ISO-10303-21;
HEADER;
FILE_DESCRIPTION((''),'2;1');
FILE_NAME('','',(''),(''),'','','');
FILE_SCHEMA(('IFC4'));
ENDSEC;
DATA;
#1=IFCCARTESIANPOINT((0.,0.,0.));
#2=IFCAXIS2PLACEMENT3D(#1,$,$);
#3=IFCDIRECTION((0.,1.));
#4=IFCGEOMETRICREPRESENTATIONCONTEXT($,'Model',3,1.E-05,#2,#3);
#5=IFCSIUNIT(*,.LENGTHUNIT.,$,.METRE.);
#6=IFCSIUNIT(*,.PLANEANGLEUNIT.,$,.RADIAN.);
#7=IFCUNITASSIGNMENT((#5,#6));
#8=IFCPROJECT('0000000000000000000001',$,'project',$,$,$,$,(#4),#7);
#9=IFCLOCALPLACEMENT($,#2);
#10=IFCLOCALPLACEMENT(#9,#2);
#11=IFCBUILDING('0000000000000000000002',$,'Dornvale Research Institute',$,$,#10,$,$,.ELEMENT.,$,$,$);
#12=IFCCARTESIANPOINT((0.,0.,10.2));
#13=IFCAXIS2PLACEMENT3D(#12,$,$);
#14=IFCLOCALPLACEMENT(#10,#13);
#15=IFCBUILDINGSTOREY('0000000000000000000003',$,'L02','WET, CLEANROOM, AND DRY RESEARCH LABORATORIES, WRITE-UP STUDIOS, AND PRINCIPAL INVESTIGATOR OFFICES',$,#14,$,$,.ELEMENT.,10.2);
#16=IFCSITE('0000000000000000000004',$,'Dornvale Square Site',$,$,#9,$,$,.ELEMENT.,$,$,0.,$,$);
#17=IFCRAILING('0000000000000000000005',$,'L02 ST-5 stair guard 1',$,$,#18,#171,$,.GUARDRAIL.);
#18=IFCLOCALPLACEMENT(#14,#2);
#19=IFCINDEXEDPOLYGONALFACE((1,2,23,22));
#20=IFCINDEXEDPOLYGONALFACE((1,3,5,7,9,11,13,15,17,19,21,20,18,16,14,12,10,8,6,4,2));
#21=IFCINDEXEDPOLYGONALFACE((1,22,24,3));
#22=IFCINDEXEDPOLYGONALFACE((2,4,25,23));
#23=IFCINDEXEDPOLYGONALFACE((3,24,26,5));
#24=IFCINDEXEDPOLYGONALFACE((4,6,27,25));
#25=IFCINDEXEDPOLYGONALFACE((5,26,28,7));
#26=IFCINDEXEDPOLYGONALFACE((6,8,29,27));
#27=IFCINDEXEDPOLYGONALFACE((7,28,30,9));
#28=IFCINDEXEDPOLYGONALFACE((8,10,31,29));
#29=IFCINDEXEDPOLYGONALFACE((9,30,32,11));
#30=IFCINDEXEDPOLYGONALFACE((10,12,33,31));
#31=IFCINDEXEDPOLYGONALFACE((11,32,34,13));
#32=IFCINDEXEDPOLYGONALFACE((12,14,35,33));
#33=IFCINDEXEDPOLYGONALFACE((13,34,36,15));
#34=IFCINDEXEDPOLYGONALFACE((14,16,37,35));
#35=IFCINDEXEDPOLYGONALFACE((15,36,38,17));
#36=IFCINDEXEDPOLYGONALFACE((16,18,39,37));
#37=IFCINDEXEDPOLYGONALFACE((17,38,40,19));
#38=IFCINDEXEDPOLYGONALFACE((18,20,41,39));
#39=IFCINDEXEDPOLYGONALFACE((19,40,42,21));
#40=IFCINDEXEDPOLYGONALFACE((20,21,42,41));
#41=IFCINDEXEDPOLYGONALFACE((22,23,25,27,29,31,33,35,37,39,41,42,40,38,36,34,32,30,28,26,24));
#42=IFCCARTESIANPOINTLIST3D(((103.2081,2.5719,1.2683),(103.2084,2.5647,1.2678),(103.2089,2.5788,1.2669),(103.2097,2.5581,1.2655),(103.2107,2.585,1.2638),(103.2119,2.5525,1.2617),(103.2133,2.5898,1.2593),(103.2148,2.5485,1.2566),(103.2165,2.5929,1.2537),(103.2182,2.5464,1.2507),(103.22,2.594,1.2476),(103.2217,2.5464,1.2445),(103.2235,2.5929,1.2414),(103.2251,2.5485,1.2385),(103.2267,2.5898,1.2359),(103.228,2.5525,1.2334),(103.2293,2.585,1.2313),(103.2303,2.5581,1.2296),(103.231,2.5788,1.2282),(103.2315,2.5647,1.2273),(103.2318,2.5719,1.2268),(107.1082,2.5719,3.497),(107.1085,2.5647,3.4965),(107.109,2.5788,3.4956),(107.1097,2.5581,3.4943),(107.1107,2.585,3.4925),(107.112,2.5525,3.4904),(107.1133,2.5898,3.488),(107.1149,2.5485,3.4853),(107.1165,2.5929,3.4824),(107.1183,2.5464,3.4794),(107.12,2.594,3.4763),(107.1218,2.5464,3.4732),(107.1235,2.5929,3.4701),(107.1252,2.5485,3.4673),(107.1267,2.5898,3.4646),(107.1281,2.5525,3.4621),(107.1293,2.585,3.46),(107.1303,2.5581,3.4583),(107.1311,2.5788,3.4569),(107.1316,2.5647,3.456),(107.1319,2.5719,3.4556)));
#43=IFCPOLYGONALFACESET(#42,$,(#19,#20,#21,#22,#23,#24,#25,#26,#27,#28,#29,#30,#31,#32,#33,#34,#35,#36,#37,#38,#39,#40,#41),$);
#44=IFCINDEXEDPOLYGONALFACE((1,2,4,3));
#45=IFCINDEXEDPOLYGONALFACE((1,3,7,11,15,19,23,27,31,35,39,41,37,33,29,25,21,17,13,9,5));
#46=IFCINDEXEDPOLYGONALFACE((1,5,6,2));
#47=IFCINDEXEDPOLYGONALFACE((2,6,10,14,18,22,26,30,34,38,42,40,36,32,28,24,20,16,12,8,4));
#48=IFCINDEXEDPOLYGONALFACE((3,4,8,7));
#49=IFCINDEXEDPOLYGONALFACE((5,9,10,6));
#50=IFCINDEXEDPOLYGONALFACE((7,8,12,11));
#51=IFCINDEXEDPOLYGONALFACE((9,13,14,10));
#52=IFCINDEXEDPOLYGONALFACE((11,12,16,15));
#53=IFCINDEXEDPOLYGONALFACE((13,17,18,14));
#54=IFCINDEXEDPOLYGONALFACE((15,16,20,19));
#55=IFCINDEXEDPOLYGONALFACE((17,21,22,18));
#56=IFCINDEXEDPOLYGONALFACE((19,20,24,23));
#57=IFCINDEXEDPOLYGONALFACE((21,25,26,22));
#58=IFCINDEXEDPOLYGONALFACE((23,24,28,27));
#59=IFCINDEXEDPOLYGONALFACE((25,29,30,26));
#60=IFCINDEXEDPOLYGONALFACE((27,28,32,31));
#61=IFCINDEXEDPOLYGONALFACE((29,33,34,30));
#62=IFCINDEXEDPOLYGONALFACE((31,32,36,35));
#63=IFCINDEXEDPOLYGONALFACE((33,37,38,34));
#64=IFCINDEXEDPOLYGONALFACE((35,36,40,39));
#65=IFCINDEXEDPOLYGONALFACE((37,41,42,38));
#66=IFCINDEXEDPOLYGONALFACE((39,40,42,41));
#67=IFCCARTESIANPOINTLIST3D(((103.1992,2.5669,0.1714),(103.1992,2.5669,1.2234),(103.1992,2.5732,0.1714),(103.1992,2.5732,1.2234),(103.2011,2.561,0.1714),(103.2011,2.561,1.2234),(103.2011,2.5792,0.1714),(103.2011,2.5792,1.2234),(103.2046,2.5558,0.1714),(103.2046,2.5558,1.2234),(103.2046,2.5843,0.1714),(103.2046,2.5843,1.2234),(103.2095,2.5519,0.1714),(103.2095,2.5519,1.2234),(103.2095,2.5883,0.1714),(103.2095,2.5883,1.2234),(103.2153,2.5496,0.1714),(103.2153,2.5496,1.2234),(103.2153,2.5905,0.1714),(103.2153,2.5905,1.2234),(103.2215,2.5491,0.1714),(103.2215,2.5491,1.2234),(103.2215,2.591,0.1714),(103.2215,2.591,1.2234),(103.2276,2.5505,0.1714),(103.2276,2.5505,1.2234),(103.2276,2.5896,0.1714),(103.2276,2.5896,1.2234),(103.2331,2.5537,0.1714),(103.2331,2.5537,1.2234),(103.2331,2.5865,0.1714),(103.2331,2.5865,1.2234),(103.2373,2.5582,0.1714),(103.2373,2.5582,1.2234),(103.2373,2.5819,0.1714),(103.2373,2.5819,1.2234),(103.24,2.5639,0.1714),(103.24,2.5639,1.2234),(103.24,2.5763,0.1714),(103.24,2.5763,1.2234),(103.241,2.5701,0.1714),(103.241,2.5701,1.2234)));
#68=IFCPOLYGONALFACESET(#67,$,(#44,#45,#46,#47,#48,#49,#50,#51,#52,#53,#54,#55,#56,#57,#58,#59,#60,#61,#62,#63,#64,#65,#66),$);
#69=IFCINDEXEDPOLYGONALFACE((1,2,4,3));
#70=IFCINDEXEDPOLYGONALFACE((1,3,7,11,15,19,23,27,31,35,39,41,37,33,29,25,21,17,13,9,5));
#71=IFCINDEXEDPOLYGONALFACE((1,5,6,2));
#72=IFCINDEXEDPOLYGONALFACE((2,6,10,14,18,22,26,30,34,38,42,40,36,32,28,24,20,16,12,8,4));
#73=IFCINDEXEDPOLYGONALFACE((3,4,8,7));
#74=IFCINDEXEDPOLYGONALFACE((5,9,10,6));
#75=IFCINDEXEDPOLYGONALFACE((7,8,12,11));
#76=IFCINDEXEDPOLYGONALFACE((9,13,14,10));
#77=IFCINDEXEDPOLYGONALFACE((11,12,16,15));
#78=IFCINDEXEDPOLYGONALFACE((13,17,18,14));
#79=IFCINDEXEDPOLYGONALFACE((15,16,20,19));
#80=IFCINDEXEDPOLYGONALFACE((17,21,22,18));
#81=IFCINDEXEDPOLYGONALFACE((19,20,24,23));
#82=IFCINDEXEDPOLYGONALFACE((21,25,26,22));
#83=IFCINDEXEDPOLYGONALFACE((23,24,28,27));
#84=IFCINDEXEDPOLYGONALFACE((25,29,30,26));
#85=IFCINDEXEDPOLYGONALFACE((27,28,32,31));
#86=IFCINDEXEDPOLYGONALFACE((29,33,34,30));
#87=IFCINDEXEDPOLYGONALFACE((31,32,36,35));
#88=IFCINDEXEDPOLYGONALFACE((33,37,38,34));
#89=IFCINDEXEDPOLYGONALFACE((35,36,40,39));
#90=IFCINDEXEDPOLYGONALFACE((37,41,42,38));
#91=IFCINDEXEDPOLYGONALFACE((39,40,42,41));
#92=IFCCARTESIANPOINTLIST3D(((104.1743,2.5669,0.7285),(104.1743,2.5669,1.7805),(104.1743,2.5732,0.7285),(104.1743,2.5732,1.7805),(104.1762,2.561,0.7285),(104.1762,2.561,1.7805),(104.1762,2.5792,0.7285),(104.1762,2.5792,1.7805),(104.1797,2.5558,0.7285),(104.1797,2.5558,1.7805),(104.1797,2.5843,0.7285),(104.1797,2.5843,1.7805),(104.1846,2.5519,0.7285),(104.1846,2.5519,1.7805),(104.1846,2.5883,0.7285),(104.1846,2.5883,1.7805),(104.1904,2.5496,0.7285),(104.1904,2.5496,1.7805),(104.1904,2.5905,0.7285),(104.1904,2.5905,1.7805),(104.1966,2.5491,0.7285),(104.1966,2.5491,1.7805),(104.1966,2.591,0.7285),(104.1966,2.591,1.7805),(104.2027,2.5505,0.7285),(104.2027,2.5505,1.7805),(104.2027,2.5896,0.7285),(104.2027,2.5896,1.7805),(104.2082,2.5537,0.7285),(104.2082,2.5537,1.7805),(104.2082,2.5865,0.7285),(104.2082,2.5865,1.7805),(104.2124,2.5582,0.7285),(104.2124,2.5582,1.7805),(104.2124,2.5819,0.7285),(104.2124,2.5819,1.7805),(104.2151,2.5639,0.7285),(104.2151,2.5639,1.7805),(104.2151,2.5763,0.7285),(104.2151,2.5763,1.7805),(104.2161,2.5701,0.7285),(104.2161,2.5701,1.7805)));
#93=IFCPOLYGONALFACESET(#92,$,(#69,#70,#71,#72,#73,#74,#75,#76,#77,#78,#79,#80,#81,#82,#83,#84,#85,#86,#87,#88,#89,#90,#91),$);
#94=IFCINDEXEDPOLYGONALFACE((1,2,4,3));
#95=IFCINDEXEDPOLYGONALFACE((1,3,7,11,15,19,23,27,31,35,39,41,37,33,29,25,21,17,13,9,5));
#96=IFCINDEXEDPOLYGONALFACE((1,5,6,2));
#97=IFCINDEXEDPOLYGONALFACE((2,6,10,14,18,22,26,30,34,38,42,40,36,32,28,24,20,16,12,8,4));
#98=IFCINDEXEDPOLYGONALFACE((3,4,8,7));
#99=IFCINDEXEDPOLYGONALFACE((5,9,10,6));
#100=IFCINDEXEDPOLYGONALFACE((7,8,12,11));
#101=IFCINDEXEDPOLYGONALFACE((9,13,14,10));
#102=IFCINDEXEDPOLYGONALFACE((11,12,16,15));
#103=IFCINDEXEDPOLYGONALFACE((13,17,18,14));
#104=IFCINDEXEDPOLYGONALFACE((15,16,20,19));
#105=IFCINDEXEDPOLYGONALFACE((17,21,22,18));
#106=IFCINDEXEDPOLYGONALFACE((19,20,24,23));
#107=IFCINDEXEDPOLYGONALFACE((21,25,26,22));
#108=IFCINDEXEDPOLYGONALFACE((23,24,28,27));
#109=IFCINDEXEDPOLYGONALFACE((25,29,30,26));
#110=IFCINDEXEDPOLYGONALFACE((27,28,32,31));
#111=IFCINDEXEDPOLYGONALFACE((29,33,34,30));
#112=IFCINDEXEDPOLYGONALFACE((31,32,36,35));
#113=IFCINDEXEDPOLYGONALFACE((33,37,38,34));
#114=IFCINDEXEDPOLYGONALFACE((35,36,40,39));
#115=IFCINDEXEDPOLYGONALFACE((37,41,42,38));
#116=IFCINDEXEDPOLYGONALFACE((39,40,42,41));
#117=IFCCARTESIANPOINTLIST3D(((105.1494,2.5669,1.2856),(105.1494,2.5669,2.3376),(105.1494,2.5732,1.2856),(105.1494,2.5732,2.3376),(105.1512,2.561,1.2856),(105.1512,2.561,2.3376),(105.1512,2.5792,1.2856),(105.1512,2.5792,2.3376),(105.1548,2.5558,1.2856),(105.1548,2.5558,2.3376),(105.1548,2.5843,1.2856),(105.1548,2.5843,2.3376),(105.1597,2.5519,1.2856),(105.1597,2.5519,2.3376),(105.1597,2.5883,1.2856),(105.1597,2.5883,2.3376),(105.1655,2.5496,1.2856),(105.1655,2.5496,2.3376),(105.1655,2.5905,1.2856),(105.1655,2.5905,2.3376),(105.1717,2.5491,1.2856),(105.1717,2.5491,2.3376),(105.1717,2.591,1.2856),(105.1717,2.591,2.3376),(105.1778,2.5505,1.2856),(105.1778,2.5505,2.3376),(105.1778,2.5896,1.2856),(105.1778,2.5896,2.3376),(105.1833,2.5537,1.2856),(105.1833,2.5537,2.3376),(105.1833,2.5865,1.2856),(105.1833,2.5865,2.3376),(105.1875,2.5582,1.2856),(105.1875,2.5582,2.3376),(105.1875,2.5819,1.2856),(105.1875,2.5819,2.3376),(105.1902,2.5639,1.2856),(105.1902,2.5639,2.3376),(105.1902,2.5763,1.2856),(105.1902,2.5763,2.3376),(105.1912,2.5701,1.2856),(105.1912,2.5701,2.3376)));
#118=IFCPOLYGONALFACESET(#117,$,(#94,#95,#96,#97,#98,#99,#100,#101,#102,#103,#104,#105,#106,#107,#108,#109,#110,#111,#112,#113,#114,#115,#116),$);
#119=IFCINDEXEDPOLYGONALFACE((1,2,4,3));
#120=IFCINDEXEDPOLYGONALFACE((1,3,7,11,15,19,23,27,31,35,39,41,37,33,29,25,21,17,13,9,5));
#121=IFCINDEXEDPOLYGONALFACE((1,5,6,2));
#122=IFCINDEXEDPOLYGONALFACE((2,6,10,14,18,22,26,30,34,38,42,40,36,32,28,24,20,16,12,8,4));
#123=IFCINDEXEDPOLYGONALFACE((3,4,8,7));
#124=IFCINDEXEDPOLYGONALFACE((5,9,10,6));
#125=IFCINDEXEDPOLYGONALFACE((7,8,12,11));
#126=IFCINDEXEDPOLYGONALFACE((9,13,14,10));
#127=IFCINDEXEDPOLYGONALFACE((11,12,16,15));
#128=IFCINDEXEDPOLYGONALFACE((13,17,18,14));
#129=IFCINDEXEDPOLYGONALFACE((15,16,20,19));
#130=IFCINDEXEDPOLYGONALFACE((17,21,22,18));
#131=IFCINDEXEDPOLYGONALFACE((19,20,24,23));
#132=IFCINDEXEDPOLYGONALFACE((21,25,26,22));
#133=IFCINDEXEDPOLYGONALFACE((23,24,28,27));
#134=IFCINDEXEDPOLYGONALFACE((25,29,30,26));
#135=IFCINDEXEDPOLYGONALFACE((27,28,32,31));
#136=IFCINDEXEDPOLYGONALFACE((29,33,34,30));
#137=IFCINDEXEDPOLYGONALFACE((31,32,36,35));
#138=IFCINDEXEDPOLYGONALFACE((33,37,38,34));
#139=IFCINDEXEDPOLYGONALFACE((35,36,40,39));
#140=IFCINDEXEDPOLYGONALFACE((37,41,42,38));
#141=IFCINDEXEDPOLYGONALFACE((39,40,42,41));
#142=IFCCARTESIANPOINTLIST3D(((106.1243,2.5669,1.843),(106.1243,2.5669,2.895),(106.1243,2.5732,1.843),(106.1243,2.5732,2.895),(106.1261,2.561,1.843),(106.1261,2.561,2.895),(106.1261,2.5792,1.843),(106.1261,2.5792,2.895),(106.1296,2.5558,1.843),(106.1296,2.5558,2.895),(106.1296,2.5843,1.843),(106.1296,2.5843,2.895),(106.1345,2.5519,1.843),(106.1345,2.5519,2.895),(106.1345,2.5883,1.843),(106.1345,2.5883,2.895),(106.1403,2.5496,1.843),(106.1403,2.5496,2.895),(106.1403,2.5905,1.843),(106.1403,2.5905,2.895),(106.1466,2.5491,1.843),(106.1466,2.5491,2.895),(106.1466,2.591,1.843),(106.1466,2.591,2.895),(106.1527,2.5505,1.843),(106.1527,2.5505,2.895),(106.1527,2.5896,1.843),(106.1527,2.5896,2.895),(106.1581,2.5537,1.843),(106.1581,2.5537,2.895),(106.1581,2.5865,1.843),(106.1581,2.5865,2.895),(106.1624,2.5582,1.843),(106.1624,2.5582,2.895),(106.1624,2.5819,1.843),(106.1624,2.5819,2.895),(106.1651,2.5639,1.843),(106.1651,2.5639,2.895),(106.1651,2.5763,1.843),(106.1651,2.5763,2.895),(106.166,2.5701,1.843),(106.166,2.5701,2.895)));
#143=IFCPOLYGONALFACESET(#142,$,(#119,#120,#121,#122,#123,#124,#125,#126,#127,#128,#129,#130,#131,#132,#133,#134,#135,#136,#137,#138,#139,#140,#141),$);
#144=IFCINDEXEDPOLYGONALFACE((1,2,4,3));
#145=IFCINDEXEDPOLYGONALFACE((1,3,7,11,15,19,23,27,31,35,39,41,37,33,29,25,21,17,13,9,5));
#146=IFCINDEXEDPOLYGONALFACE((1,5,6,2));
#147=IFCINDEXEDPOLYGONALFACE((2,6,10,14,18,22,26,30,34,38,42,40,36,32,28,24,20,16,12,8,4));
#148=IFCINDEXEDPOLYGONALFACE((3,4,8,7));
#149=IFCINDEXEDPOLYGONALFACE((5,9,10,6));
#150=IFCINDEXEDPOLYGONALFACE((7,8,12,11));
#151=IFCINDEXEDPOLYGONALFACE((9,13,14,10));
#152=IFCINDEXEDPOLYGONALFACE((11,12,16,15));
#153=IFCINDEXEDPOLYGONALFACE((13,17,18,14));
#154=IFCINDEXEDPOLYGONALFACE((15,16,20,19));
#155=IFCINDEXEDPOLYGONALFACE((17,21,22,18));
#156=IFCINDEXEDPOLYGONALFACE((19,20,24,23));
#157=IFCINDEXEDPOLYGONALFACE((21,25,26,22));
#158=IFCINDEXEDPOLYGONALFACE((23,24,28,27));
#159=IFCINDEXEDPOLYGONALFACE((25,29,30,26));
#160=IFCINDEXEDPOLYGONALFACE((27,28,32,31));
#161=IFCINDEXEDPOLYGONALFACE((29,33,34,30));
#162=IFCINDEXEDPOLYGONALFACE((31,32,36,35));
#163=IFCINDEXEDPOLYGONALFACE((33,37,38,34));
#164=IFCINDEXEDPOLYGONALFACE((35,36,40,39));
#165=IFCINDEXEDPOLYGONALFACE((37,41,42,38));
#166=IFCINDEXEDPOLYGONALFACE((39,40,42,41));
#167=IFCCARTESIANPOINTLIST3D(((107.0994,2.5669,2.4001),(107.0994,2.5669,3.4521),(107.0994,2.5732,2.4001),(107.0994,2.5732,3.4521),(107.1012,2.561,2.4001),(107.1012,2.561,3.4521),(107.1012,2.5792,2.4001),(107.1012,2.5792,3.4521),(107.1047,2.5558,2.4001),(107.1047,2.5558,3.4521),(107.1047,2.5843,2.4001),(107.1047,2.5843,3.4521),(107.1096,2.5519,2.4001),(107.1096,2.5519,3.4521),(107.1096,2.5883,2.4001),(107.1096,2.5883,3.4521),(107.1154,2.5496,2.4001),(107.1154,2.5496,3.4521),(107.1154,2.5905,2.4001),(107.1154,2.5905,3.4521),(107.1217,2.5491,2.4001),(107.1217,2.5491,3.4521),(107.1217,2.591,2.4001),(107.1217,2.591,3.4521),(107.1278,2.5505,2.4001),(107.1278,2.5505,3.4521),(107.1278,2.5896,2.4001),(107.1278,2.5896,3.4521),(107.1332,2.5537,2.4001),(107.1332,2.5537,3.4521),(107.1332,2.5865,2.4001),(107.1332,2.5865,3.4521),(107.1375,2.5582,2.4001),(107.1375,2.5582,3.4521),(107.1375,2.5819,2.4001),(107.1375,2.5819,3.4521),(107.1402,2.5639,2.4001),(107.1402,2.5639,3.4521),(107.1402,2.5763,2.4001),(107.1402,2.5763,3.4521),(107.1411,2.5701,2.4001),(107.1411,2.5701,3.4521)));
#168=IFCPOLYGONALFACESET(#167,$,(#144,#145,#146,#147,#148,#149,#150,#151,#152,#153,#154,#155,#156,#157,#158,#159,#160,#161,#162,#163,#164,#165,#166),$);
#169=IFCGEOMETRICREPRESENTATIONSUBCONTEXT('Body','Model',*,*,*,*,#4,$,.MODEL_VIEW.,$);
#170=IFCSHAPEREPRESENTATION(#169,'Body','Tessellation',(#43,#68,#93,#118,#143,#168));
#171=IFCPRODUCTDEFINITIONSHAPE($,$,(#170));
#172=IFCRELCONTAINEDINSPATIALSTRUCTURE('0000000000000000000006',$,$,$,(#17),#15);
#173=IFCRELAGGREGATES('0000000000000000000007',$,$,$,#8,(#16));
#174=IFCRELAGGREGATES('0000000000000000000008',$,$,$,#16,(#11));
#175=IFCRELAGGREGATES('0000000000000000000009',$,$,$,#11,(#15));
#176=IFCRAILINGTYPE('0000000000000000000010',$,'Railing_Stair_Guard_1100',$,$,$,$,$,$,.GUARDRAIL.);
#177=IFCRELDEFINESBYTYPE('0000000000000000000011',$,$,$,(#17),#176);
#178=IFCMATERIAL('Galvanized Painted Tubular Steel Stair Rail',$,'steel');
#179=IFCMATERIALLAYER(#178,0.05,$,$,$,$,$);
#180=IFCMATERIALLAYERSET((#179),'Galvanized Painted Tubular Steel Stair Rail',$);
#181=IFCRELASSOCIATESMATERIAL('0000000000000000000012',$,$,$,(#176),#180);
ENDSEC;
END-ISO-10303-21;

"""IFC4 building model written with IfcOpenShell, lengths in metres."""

from ifc_helpers import new_model, si_unit, direction, frame, origin, origin_2d, place, context, subcontext, project, spatial, circle, extrude, material, layer, layer_set, type_object, element, save


model = new_model("IFC4")

# Units and contexts
model_context = context("Model", 3, precision=1e-05, world=origin(), true_north=direction((0.0, 1.0)))
body_context = subcontext(model_context, "Body", "Model", "MODEL_VIEW")
ifc_project = project(units=[si_unit("LENGTHUNIT", "METRE"), si_unit("PLANEANGLEUNIT", "RADIAN")], contexts=[model_context])

# Site, building, storey
site_placement = place(None, origin())
site = spatial("IfcSite", under=ifc_project, at=site_placement, Name="Dornvale Square Site", CompositionType="ELEMENT", RefElevation=0.0)
building_placement = place(site_placement, origin())
building = spatial("IfcBuilding", under=site, at=building_placement, Name="Dornvale Research Institute", CompositionType="ELEMENT")
storey_placement = place(building_placement, frame((0.0, 0.0, 10.2)))
storey = spatial("IfcBuildingStorey", under=building, at=storey_placement, Name="L02", Description="WET, CLEANROOM, AND DRY RESEARCH LABORATORIES, WRITE-UP STUDIOS, AND PRINCIPAL INVESTIGATOR OFFICES", CompositionType="ELEMENT", Elevation=10.2)

# Railing
ifc_material_1 = material(Name="Galvanized Painted Tubular Steel Stair Rail", Category="steel")
ifc_layer_1 = layer(ifc_material_1, 0.05)
ifc_layer_set_1 = layer_set([ifc_layer_1], Name="Galvanized Painted Tubular Steel Stair Rail")
railing_type_1 = type_object("IfcRailingType", Name="Railing_Stair_Guard_1100", PredefinedType="GUARDRAIL", material=ifc_layer_set_1)
railing_1_placement = place(storey_placement, frame((103.22, 2.5701, 0.1714)))
element("IfcRailing", 1, at=railing_1_placement, inside=storey, type_object=railing_type_1, Name="L02 ST-5 stair guard 1", PredefinedType="GUARDRAIL", context=body_context, shape_type="SweptSolid", body=[
    extrude(circle(Radius=0.0239, at=origin_2d()), frame((0.0, 0.0, 1.0762), z_axis=(0.868233, 0.0, 0.496156), x_axis=(0.0, 1.0, 0.0)), (0.0, 0.0, 1.0), 4.4919),
    extrude(circle(Radius=0.021, at=origin_2d()), origin(), (0.0, 0.0, 1.0), 1.052),
    extrude(circle(Radius=0.021, at=origin_2d()), frame((0.9751, 0.0, 0.5571)), (0.0, 0.0, 1.0), 1.052),
    extrude(circle(Radius=0.021, at=origin_2d()), frame((1.9502, 0.0, 1.1143)), (0.0, 0.0, 1.0), 1.052),
    extrude(circle(Radius=0.021, at=origin_2d()), frame((2.925, 0.0, 1.6716)), (0.0, 0.0, 1.0), 1.052),
    extrude(circle(Radius=0.021, at=origin_2d()), frame((3.9001, 0.0, 2.2288)), (0.0, 0.0, 1.0), 1.052),
])

save(model, "model.ifc")
